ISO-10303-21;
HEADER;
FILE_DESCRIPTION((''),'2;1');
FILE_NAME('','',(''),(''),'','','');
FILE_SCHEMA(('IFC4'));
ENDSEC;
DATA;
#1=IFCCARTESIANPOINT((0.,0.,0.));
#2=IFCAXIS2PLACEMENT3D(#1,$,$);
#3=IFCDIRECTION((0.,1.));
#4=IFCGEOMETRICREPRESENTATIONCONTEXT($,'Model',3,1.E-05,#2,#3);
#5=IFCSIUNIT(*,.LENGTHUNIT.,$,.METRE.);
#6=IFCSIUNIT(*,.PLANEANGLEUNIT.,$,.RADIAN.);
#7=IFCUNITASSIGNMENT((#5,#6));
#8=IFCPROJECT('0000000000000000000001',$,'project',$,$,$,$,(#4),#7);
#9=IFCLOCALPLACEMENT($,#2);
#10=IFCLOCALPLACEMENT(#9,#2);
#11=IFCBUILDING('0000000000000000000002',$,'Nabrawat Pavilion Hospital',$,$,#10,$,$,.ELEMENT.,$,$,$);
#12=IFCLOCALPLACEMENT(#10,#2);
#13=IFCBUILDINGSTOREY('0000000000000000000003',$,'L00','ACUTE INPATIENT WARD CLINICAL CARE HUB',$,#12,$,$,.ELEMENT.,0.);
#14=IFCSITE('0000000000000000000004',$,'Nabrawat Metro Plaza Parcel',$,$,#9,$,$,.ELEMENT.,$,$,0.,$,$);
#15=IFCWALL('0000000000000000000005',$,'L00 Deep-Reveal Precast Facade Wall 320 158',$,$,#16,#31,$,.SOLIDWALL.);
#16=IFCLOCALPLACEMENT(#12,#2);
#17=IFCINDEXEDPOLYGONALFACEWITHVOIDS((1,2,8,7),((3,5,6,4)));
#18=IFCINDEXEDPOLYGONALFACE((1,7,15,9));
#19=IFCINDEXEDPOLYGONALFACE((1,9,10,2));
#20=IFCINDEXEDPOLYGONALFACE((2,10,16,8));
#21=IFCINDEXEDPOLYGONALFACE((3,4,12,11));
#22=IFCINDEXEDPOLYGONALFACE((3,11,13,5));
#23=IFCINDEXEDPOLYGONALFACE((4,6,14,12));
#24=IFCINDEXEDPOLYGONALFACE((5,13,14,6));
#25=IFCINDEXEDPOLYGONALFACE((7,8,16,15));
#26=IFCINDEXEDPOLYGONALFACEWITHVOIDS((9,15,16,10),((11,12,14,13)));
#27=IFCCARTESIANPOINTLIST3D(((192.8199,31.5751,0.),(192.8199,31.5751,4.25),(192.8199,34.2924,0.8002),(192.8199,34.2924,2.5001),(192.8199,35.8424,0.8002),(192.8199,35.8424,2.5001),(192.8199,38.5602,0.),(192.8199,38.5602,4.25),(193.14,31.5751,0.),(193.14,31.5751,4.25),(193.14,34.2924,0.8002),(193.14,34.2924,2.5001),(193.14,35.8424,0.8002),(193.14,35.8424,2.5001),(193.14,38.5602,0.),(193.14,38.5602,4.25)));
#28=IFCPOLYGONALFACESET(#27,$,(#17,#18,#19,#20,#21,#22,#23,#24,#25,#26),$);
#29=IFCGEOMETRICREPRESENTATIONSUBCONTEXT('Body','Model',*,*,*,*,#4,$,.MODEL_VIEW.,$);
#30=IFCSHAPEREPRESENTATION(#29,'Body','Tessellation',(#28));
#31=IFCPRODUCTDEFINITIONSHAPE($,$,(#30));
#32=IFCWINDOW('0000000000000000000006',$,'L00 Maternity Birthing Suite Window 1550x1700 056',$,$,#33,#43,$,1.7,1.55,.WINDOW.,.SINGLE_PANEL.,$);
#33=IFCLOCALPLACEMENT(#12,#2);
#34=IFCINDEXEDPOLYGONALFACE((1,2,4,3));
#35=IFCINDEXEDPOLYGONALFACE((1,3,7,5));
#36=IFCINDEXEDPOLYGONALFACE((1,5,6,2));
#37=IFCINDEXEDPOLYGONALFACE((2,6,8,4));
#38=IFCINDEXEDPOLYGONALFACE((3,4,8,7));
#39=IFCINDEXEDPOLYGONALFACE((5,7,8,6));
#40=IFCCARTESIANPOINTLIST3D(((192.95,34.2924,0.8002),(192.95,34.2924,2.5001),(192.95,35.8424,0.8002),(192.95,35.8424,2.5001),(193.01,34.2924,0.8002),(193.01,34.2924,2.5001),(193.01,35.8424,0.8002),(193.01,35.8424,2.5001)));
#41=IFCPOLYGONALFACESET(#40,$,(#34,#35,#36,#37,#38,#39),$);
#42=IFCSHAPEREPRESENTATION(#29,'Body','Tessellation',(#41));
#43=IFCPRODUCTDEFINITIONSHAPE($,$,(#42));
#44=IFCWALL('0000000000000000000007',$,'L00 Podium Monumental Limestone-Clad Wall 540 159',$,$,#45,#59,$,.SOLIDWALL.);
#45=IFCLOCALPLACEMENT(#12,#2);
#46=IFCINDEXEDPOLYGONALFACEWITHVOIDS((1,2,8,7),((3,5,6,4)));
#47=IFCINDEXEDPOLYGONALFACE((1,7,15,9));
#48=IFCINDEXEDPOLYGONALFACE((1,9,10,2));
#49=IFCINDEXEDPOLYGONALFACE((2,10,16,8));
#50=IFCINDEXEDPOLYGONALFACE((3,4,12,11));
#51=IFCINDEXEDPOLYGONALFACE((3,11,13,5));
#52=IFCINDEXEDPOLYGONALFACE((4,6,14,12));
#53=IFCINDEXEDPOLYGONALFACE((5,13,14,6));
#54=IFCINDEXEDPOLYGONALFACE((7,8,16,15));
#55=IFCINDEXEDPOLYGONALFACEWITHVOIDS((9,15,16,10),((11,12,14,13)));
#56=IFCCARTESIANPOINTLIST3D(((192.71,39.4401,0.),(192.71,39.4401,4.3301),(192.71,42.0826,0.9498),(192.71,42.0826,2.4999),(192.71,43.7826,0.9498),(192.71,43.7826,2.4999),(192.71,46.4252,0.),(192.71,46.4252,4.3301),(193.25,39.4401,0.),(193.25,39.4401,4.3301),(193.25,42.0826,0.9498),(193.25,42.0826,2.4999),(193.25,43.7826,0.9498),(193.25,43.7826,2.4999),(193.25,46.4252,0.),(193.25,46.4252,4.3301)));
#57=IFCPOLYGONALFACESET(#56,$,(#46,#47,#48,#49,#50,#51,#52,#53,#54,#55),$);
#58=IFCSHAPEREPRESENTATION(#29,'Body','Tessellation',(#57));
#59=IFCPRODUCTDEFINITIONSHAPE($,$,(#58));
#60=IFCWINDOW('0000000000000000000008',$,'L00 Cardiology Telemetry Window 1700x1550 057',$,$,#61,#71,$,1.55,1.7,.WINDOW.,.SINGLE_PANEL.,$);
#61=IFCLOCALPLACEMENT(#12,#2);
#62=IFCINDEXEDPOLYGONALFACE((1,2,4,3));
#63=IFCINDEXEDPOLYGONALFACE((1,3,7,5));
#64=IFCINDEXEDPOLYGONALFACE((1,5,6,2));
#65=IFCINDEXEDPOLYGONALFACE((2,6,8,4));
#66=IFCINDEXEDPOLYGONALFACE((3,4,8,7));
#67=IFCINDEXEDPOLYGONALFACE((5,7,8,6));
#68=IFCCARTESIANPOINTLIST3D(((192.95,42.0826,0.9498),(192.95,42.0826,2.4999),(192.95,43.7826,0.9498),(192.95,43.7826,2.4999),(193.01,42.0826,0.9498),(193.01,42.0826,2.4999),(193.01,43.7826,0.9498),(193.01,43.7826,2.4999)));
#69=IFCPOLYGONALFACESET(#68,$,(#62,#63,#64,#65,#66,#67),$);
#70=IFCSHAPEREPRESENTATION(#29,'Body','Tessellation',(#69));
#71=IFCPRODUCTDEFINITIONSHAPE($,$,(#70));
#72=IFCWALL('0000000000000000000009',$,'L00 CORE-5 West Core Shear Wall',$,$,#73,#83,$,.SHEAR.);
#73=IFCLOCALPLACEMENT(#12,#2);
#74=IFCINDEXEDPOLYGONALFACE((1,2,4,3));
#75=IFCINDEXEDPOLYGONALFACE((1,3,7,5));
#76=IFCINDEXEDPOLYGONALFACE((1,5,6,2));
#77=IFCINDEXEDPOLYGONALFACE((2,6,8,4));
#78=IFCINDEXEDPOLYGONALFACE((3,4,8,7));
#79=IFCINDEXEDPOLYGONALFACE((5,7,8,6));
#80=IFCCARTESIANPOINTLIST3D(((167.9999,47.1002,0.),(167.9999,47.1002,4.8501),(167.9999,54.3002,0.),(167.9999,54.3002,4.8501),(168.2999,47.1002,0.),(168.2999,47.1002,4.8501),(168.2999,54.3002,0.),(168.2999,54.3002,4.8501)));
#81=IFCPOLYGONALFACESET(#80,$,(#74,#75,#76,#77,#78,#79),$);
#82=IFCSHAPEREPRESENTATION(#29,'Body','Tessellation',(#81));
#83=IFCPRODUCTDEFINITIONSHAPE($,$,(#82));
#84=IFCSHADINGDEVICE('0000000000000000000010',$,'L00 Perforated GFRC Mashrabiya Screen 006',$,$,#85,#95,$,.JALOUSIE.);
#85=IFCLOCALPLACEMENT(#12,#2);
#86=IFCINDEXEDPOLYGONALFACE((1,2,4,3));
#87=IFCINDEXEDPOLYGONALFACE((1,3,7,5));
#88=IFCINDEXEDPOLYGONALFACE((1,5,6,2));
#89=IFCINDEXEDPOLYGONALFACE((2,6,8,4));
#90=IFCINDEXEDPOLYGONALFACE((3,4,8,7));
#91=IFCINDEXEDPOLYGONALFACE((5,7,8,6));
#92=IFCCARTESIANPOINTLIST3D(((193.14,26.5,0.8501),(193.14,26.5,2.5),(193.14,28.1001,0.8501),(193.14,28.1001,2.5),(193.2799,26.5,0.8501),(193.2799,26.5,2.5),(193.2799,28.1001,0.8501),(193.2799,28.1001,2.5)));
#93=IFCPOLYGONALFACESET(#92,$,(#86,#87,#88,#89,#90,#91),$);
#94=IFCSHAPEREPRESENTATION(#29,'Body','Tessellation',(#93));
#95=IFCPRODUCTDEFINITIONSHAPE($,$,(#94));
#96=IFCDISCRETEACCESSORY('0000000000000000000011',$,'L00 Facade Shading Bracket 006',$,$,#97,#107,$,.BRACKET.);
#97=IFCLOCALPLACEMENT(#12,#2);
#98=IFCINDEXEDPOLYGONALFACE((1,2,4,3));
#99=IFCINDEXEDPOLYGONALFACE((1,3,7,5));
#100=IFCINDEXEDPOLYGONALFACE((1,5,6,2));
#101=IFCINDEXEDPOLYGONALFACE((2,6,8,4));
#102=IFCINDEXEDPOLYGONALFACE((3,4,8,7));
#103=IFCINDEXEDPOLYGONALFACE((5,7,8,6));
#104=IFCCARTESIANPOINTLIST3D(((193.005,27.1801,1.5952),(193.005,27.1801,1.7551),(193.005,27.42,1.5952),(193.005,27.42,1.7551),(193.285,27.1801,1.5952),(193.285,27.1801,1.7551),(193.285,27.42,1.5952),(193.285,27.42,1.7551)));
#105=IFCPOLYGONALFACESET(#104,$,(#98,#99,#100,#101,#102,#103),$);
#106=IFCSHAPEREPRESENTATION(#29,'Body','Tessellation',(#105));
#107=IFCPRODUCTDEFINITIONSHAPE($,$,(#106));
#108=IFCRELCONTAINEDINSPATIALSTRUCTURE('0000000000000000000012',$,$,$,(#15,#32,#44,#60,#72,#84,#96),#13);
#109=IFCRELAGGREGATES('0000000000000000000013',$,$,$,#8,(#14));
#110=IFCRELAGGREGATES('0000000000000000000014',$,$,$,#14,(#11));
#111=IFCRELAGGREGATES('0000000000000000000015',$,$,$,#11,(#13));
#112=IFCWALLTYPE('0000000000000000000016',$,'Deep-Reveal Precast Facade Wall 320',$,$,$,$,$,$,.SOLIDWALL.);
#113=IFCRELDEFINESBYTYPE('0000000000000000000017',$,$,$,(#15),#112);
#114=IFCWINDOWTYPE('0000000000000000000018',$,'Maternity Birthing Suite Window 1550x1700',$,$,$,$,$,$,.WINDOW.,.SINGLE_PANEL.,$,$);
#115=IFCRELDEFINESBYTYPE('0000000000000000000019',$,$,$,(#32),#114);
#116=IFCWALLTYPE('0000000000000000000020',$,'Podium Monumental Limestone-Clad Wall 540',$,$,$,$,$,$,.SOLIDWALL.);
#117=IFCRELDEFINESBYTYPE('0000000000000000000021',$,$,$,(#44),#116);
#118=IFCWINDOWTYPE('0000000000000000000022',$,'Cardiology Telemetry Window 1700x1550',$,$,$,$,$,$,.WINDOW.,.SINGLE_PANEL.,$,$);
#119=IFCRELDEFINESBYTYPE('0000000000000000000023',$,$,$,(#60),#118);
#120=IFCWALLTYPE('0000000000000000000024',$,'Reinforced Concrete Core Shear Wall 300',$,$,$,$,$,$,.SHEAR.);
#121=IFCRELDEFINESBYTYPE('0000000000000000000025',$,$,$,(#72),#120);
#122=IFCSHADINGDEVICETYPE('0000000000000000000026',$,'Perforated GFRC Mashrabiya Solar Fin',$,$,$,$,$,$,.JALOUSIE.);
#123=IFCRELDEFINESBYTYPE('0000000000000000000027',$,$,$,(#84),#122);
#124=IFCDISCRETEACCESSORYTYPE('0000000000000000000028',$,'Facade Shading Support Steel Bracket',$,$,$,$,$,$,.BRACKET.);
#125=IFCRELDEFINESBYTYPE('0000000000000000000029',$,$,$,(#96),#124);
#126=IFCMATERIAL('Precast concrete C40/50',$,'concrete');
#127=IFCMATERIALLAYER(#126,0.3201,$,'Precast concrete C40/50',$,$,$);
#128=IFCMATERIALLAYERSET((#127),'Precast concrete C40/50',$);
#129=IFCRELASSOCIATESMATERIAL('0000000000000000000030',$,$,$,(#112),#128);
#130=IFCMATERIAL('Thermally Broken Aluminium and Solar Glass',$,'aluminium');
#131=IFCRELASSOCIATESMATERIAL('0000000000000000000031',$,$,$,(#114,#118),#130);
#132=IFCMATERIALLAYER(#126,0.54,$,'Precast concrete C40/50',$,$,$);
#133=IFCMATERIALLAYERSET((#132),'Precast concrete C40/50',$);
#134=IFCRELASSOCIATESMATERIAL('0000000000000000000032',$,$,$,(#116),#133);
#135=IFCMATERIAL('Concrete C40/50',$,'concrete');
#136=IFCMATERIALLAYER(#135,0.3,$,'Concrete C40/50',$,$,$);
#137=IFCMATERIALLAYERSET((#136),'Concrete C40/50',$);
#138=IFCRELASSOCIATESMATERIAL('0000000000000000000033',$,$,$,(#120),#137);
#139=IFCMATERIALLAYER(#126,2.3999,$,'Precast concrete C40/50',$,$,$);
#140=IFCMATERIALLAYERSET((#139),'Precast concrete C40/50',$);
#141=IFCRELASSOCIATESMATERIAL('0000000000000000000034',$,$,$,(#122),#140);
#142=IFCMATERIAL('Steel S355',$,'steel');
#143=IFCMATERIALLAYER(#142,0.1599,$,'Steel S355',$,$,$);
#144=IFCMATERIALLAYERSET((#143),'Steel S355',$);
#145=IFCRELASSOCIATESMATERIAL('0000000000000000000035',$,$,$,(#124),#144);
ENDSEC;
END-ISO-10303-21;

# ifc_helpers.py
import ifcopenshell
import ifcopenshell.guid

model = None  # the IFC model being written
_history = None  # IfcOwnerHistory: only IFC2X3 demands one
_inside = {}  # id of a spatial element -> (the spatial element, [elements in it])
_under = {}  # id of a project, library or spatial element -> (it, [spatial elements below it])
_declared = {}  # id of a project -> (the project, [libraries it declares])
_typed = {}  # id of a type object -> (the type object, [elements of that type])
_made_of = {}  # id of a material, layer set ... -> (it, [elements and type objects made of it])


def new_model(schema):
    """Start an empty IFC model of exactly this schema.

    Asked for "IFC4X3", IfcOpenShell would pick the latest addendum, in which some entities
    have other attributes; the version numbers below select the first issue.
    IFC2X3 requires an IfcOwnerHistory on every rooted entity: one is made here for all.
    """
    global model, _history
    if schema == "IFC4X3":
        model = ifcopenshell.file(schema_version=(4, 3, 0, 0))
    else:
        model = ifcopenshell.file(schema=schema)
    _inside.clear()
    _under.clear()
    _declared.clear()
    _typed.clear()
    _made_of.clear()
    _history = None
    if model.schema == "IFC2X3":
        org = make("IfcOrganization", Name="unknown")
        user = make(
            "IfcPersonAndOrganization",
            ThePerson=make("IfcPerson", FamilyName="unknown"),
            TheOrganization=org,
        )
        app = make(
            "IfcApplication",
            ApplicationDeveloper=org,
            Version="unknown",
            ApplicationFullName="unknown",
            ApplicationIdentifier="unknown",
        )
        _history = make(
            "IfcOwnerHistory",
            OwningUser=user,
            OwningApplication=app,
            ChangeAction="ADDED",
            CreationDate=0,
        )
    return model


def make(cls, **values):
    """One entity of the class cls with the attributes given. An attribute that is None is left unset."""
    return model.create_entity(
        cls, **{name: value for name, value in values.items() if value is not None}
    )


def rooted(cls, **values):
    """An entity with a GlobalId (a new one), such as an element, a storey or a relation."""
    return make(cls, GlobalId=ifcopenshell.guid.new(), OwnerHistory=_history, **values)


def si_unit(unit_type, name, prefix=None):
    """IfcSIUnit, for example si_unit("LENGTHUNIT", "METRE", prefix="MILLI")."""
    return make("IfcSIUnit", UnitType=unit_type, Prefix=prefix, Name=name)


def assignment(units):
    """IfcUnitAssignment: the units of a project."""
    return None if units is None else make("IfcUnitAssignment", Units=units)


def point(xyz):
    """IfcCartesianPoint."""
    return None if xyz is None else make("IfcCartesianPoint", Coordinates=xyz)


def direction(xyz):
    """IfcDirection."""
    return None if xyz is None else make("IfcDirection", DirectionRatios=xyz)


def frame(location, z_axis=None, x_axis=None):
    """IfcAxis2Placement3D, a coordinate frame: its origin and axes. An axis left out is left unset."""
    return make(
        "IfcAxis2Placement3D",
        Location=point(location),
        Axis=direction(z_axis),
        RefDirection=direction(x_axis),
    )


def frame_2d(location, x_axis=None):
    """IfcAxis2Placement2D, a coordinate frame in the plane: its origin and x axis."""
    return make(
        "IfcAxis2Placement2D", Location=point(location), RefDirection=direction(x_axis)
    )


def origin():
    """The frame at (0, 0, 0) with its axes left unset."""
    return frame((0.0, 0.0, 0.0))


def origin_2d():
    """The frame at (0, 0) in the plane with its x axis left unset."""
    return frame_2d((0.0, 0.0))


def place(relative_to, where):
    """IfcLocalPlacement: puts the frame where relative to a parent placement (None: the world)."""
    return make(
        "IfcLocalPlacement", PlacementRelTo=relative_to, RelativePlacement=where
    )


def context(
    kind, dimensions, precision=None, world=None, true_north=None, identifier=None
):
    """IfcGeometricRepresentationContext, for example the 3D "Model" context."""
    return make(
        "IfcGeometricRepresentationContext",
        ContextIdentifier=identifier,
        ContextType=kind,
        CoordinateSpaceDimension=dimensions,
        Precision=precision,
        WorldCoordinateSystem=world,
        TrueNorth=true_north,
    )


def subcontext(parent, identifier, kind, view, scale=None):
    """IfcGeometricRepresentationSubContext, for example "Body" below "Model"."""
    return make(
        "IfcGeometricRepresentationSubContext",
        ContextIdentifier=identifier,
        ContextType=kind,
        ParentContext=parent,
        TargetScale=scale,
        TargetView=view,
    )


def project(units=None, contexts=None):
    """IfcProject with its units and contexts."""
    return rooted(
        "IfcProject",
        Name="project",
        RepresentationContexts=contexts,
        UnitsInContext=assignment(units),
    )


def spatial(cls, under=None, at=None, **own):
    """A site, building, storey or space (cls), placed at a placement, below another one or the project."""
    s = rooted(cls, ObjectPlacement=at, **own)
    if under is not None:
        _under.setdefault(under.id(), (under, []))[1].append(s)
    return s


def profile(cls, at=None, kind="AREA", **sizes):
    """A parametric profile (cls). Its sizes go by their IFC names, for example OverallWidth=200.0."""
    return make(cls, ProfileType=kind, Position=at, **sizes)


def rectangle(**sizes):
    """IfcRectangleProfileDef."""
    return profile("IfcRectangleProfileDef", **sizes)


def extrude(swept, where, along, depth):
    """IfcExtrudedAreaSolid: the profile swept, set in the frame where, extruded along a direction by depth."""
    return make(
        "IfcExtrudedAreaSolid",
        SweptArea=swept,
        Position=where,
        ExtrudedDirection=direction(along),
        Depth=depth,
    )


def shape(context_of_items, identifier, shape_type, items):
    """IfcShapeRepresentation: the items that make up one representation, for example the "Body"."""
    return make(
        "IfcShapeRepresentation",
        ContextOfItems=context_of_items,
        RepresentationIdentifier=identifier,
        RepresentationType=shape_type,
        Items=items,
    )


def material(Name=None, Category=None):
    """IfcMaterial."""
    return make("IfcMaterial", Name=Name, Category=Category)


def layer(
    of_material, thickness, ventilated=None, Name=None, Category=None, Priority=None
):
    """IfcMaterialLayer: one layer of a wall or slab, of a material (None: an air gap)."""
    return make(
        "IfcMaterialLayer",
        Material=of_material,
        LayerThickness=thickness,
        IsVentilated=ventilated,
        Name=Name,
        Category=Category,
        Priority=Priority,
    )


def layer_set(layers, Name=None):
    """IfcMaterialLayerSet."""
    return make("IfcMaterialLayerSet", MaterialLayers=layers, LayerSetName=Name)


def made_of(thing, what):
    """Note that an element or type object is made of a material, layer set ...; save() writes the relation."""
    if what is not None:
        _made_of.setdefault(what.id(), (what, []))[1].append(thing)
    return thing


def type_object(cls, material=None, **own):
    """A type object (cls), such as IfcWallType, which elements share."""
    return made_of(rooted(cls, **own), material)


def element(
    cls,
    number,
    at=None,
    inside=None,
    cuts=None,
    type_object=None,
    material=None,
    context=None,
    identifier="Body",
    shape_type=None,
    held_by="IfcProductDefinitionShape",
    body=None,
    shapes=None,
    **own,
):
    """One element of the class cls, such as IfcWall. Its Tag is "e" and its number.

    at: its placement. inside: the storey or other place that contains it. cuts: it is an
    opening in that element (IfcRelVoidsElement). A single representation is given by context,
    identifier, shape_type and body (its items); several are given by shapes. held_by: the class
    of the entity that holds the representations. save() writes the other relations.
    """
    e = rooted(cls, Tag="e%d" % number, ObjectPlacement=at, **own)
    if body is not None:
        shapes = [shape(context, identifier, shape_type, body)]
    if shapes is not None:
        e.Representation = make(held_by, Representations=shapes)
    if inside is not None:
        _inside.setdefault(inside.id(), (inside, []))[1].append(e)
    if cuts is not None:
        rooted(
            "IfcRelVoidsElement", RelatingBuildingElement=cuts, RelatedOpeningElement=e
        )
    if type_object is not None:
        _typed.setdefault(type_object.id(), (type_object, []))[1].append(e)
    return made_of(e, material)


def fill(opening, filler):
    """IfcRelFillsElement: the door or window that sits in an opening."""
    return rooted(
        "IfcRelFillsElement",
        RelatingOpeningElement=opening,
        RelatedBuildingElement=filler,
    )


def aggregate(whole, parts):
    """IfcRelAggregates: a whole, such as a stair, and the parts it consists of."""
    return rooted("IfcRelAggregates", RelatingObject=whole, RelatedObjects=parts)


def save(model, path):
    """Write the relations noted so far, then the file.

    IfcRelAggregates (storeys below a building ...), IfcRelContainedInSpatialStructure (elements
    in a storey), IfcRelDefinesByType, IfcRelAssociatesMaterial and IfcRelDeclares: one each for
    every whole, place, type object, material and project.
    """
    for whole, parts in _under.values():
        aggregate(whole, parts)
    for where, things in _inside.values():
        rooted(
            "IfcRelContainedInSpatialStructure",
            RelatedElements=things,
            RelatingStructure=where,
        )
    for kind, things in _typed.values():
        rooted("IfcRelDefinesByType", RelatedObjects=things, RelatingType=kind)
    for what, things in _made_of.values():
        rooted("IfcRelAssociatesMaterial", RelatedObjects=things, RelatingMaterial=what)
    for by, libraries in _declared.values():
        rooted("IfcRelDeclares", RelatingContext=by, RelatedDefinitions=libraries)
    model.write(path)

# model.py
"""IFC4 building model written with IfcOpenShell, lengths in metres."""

from ifc_helpers import new_model, si_unit, direction, frame, frame_2d, origin, origin_2d, place, context, subcontext, project, spatial, rectangle, extrude, material, layer, layer_set, type_object, element, fill, save


model = new_model("IFC4")

# Units and contexts
model_context = context("Model", 3, precision=1e-05, world=origin(), true_north=direction((0.0, 1.0)))
body_context = subcontext(model_context, "Body", "Model", "MODEL_VIEW")
ifc_project = project(units=[si_unit("LENGTHUNIT", "METRE"), si_unit("PLANEANGLEUNIT", "RADIAN")], contexts=[model_context])

# Site, building, storey
site_placement = place(None, origin())
site = spatial("IfcSite", under=ifc_project, at=site_placement, Name="Nabrawat Metro Plaza Parcel", CompositionType="ELEMENT", RefElevation=0.0)
building_placement = place(site_placement, origin())
building = spatial("IfcBuilding", under=site, at=building_placement, Name="Nabrawat Pavilion Hospital", CompositionType="ELEMENT")
storey_placement = place(building_placement, origin())
storey = spatial("IfcBuildingStorey", under=building, at=storey_placement, Name="L00", Description="ACUTE INPATIENT WARD CLINICAL CARE HUB", CompositionType="ELEMENT", Elevation=0.0)

# Shared definitions
ifc_material_1 = material(Name="Steel S355", Category="steel")
ifc_material_2 = material(Name="Concrete C40/50", Category="concrete")

# Walls, openings, windows
ifc_material_3 = material(Name="Precast concrete C40/50", Category="concrete")
ifc_layer_1 = layer(ifc_material_3, 0.3201, Name="Precast concrete C40/50")
ifc_layer_set_1 = layer_set([ifc_layer_1], Name="Precast concrete C40/50")
wall_type_1 = type_object("IfcWallType", Name="Deep-Reveal Precast Facade Wall 320", PredefinedType="SOLIDWALL", material=ifc_layer_set_1)
ifc_material_4 = material(Name="Thermally Broken Aluminium and Solar Glass", Category="aluminium")
wall_1_placement = place(storey_placement, frame((192.98, 31.575, 0.0), z_axis=(0.0, 0.0, 1.0), x_axis=(0.0, 1.0, 0.0)))
wall_1 = element("IfcWall", 1, at=wall_1_placement, inside=storey, type_object=wall_type_1, Name="L00 Deep-Reveal Precast Facade Wall 320 158", PredefinedType="SOLIDWALL", context=body_context, shape_type="SweptSolid", body=[
    extrude(rectangle(XDim=6.9851, YDim=0.3201, at=frame_2d((3.4927, 0.0))), origin(), (0.0, 0.0, 1.0), 4.25),
])
opening_1_placement = place(wall_1_placement, frame((2.7175, 0.0, 0.8)))
opening_1 = element("IfcOpeningElement", 2, at=opening_1_placement, cuts=wall_1, PredefinedType="OPENING", context=body_context, shape_type="SweptSolid", body=[
    extrude(rectangle(XDim=1.55, YDim=1.7, at=frame_2d((0.7749, 0.8501))), frame((0.0, 0.1699, 0.0), z_axis=(0.0, -1.0, 0.0), x_axis=(1.0, 0.0, 0.0)), (0.0, 0.0, 1.0), 0.3401),
])
window_type_1 = type_object("IfcWindowType", Name="Maternity Birthing Suite Window 1550x1700", PartitioningType="SINGLE_PANEL", PredefinedType="WINDOW", material=ifc_material_4)
window_1_placement = place(opening_1_placement, origin())
window_1 = element("IfcWindow", 3, at=window_1_placement, inside=storey, type_object=window_type_1, Name="L00 Maternity Birthing Suite Window 1550x1700 056", OverallHeight=1.7, OverallWidth=1.55, PartitioningType="SINGLE_PANEL", PredefinedType="WINDOW", context=body_context, shape_type="SweptSolid", body=[
    extrude(rectangle(XDim=1.55, YDim=1.7, at=frame_2d((0.7749, 0.8501))), frame((0.0, 0.03, 0.0), z_axis=(0.0, -1.0, 0.0), x_axis=(1.0, 0.0, 0.0)), (0.0, 0.0, 1.0), 0.0601),
])
fill(opening_1, window_1)
ifc_layer_2 = layer(ifc_material_3, 0.54, Name="Precast concrete C40/50")
ifc_layer_set_2 = layer_set([ifc_layer_2], Name="Precast concrete C40/50")
wall_type_2 = type_object("IfcWallType", Name="Podium Monumental Limestone-Clad Wall 540", PredefinedType="SOLIDWALL", material=ifc_layer_set_2)
wall_2_placement = place(storey_placement, frame((192.98, 39.4399, 0.0), z_axis=(0.0, 0.0, 1.0), x_axis=(0.0, 1.0, 0.0)))
wall_2 = element("IfcWall", 4, at=wall_2_placement, inside=storey, type_object=wall_type_2, Name="L00 Podium Monumental Limestone-Clad Wall 540 159", PredefinedType="SOLIDWALL", context=body_context, shape_type="SweptSolid", body=[
    extrude(rectangle(XDim=6.9851, YDim=0.54, at=frame_2d((3.4927, 0.0))), origin(), (0.0, 0.0, 1.0), 4.3301),
])
opening_2_placement = place(wall_2_placement, frame((2.6426, 0.0, 0.95)))
opening_2 = element("IfcOpeningElement", 5, at=opening_2_placement, cuts=wall_2, PredefinedType="OPENING", context=body_context, shape_type="SweptSolid", body=[
    extrude(rectangle(XDim=1.7, YDim=1.55, at=frame_2d((0.8501, 0.7749))), frame((0.0, 0.28, 0.0), z_axis=(0.0, -1.0, 0.0), x_axis=(1.0, 0.0, 0.0)), (0.0, 0.0, 1.0), 0.5601),
])
window_type_2 = type_object("IfcWindowType", Name="Cardiology Telemetry Window 1700x1550", PartitioningType="SINGLE_PANEL", PredefinedType="WINDOW", material=ifc_material_4)
window_2_placement = place(opening_2_placement, origin())
window_2 = element("IfcWindow", 6, at=window_2_placement, inside=storey, type_object=window_type_2, Name="L00 Cardiology Telemetry Window 1700x1550 057", OverallHeight=1.55, OverallWidth=1.7, PartitioningType="SINGLE_PANEL", PredefinedType="WINDOW", context=body_context, shape_type="SweptSolid", body=[
    extrude(rectangle(XDim=1.7, YDim=1.55, at=frame_2d((0.8501, 0.7749))), frame((0.0, 0.03, 0.0), z_axis=(0.0, -1.0, 0.0), x_axis=(1.0, 0.0, 0.0)), (0.0, 0.0, 1.0), 0.0601),
])
fill(opening_2, window_2)

# Wall
ifc_layer_3 = layer(ifc_material_2, 0.3, Name="Concrete C40/50")
ifc_layer_set_3 = layer_set([ifc_layer_3], Name="Concrete C40/50")
wall_type_3 = type_object("IfcWallType", Name="Reinforced Concrete Core Shear Wall 300", PredefinedType="SHEAR", material=ifc_layer_set_3)
wall_3_placement = place(storey_placement, frame((168.1499, 47.1001, 0.0), z_axis=(0.0, 0.0, 1.0), x_axis=(0.0, 1.0, 0.0)))
element("IfcWall", 7, at=wall_3_placement, inside=storey, type_object=wall_type_3, Name="L00 CORE-5 West Core Shear Wall", PredefinedType="SHEAR", context=body_context, shape_type="SweptSolid", body=[
    extrude(rectangle(XDim=7.2, YDim=0.3, at=frame_2d((3.6001, 0.0))), origin(), (0.0, 0.0, 1.0), 4.8501),
])

# Shading device
ifc_layer_4 = layer(ifc_material_3, 2.3999, Name="Precast concrete C40/50")
ifc_layer_set_4 = layer_set([ifc_layer_4], Name="Precast concrete C40/50")
shading_device_type = type_object("IfcShadingDeviceType", Name="Perforated GFRC Mashrabiya Solar Fin", PredefinedType="JALOUSIE", material=ifc_layer_set_4)
shading_device_placement = place(storey_placement, frame((193.21, 27.3, 0.8501), z_axis=(0.0, 0.0, 1.0), x_axis=(0.0, 1.0, 0.0)))
element("IfcShadingDevice", 8, at=shading_device_placement, inside=storey, type_object=shading_device_type, Name="L00 Perforated GFRC Mashrabiya Screen 006", PredefinedType="JALOUSIE", context=body_context, shape_type="SweptSolid", body=[
    extrude(rectangle(XDim=1.6001, YDim=0.1399, at=origin_2d()), origin(), (0.0, 0.0, 1.0), 1.6499),
])

# Discrete accessory
ifc_layer_5 = layer(ifc_material_1, 0.1599, Name="Steel S355")
ifc_layer_set_5 = layer_set([ifc_layer_5], Name="Steel S355")
discrete_accessory_type = type_object("IfcDiscreteAccessoryType", Name="Facade Shading Support Steel Bracket", PredefinedType="BRACKET", material=ifc_layer_set_5)
discrete_accessory_placement = place(storey_placement, frame((193.145, 27.3, 1.5952), z_axis=(0.0, 0.0, 1.0), x_axis=(0.0, 1.0, 0.0)))
element("IfcDiscreteAccessory", 9, at=discrete_accessory_placement, inside=storey, type_object=discrete_accessory_type, Name="L00 Facade Shading Bracket 006", PredefinedType="BRACKET", context=body_context, shape_type="SweptSolid", body=[
    extrude(rectangle(XDim=0.24, YDim=0.28, at=origin_2d()), origin(), (0.0, 0.0, 1.0), 0.1599),
])

save(model, "model.ifc")
